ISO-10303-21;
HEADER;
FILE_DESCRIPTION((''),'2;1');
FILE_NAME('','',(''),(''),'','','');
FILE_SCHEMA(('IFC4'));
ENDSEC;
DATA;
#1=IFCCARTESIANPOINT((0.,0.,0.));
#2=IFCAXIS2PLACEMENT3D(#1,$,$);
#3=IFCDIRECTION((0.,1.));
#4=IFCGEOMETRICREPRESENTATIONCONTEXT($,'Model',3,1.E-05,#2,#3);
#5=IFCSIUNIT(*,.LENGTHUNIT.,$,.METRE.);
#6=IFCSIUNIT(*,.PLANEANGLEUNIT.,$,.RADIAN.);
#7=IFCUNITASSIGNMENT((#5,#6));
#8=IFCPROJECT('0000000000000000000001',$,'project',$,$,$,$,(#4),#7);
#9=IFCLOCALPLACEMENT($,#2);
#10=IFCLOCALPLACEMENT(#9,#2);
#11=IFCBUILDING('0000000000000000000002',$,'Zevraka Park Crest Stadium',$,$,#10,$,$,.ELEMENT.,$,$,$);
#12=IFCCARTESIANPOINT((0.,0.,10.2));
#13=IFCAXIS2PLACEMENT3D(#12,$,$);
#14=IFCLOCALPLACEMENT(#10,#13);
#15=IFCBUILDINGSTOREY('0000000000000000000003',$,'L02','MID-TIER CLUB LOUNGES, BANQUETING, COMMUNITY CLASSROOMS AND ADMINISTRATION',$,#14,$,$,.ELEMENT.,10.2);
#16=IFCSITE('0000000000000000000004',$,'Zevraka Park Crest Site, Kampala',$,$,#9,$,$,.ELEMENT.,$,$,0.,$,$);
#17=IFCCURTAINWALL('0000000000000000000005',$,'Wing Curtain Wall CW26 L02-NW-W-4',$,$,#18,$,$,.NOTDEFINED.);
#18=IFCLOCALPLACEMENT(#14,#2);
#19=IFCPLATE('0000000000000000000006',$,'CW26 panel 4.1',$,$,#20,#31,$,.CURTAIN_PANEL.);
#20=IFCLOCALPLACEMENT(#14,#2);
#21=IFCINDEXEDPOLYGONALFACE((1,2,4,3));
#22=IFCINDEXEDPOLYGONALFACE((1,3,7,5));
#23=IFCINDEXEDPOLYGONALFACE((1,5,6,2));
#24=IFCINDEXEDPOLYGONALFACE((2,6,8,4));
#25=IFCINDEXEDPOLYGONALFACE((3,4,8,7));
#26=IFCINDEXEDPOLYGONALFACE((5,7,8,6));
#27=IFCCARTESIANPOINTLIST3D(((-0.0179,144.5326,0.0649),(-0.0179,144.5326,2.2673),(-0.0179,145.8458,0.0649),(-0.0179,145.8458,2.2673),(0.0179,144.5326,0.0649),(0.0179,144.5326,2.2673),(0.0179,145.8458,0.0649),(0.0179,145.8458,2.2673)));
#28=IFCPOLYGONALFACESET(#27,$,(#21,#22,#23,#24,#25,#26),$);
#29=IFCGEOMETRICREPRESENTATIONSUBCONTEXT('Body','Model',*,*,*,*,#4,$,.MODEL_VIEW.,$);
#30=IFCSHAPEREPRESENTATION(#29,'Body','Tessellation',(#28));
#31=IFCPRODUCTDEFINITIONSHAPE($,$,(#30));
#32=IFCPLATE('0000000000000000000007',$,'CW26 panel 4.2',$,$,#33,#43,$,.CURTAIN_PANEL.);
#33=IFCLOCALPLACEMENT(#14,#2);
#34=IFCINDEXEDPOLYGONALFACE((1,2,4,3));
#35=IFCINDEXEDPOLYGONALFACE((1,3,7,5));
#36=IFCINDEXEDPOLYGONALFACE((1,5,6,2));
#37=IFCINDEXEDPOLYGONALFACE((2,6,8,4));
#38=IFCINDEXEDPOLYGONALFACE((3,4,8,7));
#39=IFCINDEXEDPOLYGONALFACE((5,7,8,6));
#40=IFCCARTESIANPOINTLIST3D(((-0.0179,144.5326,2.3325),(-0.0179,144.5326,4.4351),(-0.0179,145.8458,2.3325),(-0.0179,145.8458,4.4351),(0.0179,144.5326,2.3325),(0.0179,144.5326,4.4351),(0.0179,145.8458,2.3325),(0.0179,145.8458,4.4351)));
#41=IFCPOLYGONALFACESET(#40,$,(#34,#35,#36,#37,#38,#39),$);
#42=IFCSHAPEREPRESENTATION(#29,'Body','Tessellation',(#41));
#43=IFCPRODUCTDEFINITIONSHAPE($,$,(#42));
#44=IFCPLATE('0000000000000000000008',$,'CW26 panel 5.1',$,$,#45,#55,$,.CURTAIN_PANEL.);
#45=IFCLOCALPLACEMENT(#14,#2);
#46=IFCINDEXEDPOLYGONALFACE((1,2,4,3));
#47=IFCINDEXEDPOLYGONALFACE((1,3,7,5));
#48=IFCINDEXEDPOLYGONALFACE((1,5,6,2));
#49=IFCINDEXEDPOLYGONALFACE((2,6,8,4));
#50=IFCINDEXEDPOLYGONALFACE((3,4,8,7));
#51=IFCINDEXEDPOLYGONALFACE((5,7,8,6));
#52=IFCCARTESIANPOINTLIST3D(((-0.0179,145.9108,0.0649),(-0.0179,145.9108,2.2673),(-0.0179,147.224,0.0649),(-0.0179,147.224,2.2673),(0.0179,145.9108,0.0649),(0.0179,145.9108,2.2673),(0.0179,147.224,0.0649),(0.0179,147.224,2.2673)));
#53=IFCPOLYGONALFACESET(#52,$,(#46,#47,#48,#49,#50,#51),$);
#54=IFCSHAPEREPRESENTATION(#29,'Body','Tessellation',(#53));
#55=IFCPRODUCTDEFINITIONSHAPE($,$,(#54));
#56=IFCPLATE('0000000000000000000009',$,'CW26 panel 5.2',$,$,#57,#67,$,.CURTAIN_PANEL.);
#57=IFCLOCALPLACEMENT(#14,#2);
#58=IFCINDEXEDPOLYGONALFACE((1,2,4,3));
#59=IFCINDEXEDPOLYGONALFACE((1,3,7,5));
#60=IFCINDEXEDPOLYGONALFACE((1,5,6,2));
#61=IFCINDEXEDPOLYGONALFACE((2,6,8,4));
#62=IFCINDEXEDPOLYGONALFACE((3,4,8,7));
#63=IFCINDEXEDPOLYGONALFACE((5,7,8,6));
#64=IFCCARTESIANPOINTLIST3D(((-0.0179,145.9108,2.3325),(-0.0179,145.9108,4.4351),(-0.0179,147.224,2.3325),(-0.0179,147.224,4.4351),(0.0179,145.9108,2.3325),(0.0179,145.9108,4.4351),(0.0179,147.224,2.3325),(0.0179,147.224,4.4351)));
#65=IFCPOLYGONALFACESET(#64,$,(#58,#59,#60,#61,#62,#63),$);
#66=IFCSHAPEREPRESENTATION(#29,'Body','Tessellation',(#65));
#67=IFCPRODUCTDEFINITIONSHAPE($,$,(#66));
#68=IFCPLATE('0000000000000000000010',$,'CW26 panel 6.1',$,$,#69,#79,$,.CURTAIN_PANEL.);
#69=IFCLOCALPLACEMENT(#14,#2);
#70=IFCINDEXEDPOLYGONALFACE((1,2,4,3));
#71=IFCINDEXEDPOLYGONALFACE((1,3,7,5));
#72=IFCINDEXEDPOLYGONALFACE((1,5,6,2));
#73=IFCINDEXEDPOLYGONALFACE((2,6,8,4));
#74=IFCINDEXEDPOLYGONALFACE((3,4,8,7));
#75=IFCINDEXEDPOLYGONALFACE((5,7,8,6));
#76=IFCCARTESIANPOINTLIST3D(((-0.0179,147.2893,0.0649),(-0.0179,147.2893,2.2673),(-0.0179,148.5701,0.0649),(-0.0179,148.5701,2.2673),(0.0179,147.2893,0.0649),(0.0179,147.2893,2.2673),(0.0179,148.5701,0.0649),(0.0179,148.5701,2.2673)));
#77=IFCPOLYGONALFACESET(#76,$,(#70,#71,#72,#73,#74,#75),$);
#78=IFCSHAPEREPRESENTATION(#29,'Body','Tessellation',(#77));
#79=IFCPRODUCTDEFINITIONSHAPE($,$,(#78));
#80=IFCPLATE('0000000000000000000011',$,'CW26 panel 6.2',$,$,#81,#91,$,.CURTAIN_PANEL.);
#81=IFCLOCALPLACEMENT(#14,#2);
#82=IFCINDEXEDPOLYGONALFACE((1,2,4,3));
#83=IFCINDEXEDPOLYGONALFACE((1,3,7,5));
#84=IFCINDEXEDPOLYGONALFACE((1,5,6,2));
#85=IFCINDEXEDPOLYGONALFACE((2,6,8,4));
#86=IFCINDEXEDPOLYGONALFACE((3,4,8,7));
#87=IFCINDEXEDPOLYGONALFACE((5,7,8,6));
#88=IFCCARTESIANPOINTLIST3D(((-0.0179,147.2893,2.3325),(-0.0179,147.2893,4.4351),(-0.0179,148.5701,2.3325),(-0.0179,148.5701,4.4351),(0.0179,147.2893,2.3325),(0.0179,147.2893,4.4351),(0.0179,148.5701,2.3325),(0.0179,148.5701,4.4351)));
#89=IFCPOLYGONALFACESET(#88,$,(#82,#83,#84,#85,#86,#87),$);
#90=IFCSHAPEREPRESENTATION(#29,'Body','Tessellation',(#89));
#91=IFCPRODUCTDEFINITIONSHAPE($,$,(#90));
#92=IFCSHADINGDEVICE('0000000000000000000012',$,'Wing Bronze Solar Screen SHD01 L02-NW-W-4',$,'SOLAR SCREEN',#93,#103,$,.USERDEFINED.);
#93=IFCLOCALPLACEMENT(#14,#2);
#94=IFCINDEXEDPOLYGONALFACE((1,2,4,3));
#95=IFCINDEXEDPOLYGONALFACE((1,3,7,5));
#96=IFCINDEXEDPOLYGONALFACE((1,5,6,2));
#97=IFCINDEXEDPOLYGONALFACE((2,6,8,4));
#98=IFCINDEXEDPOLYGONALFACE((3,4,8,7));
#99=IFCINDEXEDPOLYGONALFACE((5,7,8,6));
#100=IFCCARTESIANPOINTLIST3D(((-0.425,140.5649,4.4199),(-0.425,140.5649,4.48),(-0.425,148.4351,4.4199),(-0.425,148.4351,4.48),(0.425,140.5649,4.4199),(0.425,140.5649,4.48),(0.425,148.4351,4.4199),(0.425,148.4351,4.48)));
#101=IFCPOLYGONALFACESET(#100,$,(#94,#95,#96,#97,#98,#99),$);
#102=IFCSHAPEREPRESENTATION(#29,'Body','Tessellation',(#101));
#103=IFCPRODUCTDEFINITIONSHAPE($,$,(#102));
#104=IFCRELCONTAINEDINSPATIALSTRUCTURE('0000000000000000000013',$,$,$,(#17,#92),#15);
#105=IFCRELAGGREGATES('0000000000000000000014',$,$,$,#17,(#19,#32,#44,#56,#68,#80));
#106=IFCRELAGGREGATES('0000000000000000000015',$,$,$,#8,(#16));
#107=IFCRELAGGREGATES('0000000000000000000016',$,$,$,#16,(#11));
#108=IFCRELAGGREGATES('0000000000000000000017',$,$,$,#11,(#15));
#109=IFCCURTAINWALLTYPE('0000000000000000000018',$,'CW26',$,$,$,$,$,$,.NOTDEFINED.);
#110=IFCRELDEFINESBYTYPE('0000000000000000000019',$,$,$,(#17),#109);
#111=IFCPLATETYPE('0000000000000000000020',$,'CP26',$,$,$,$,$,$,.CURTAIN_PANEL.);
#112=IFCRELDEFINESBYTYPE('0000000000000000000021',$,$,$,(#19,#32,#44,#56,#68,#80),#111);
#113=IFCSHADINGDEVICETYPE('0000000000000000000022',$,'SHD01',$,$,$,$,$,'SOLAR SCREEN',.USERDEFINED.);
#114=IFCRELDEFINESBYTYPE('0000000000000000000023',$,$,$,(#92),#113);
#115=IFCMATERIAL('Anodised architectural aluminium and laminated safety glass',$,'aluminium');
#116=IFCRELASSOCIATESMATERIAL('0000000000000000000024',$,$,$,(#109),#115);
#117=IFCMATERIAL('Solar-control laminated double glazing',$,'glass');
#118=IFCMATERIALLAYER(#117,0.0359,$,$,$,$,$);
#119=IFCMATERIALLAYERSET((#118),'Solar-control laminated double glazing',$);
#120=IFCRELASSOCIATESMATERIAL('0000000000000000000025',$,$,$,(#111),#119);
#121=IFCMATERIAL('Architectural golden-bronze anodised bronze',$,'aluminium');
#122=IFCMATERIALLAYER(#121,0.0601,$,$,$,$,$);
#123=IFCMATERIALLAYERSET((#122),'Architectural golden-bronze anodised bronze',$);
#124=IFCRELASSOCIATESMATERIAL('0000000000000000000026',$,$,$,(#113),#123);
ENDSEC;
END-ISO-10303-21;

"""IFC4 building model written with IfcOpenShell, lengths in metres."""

from ifc_helpers import new_model, si_unit, direction, frame, origin, origin_2d, place, context, subcontext, project, spatial, rectangle, extrude, material, layer, layer_set, type_object, element, aggregate, save


model = new_model("IFC4")

# Units and contexts
model_context = context("Model", 3, precision=1e-05, world=origin(), true_north=direction((0.0, 1.0)))
body_context = subcontext(model_context, "Body", "Model", "MODEL_VIEW")
ifc_project = project(units=[si_unit("LENGTHUNIT", "METRE"), si_unit("PLANEANGLEUNIT", "RADIAN")], contexts=[model_context])

# Site, building, storey
site_placement = place(None, origin())
site = spatial("IfcSite", under=ifc_project, at=site_placement, Name="Zevraka Park Crest Site, Kampala", CompositionType="ELEMENT", RefElevation=0.0)
building_placement = place(site_placement, origin())
building = spatial("IfcBuilding", under=site, at=building_placement, Name="Zevraka Park Crest Stadium", CompositionType="ELEMENT")
storey_placement = place(building_placement, frame((0.0, 0.0, 10.2)))
storey = spatial("IfcBuildingStorey", under=building, at=storey_placement, Name="L02", Description="MID-TIER CLUB LOUNGES, BANQUETING, COMMUNITY CLASSROOMS AND ADMINISTRATION", CompositionType="ELEMENT", Elevation=10.2)

# Curtain wall, plates
ifc_material_1 = material(Name="Anodised architectural aluminium and laminated safety glass", Category="aluminium")
curtain_wall_type = type_object("IfcCurtainWallType", Name="CW26", PredefinedType="NOTDEFINED", material=ifc_material_1)
curtain_wall_placement = place(storey_placement, origin())
curtain_wall = element("IfcCurtainWall", 1, at=curtain_wall_placement, inside=storey, type_object=curtain_wall_type, Name="Wing Curtain Wall CW26 L02-NW-W-4", PredefinedType="NOTDEFINED")
ifc_material_2 = material(Name="Solar-control laminated double glazing", Category="glass")
ifc_layer_1 = layer(ifc_material_2, 0.0359)
ifc_layer_set_1 = layer_set([ifc_layer_1], Name="Solar-control laminated double glazing")
plate_type = type_object("IfcPlateType", Name="CP26", PredefinedType="CURTAIN_PANEL", material=ifc_layer_set_1)
plate_1_placement = place(storey_placement, frame((0.0, 145.1892, 0.0649), z_axis=(0.0, 0.0, 1.0), x_axis=(0.0, 1.0, 0.0)))
plate_1 = element("IfcPlate", 2, at=plate_1_placement, type_object=plate_type, Name="CW26 panel 4.1", PredefinedType="CURTAIN_PANEL", context=body_context, shape_type="SweptSolid", body=[
    extrude(rectangle(XDim=1.3132, YDim=0.0359, at=origin_2d()), origin(), (0.0, 0.0, 1.0), 2.2024),
])
plate_2_placement = place(storey_placement, frame((0.0, 145.1892, 2.3325), z_axis=(0.0, 0.0, 1.0), x_axis=(0.0, 1.0, 0.0)))
plate_2 = element("IfcPlate", 3, at=plate_2_placement, type_object=plate_type, Name="CW26 panel 4.2", PredefinedType="CURTAIN_PANEL", context=body_context, shape_type="SweptSolid", body=[
    extrude(rectangle(XDim=1.3132, YDim=0.0359, at=origin_2d()), origin(), (0.0, 0.0, 1.0), 2.1025),
])
plate_3_placement = place(storey_placement, frame((0.0, 146.5674, 0.0649), z_axis=(0.0, 0.0, 1.0), x_axis=(0.0, 1.0, 0.0)))
plate_3 = element("IfcPlate", 4, at=plate_3_placement, type_object=plate_type, Name="CW26 panel 5.1", PredefinedType="CURTAIN_PANEL", context=body_context, shape_type="SweptSolid", body=[
    extrude(rectangle(XDim=1.3132, YDim=0.0359, at=origin_2d()), origin(), (0.0, 0.0, 1.0), 2.2024),
])
plate_4_placement = place(storey_placement, frame((0.0, 146.5674, 2.3325), z_axis=(0.0, 0.0, 1.0), x_axis=(0.0, 1.0, 0.0)))
plate_4 = element("IfcPlate", 5, at=plate_4_placement, type_object=plate_type, Name="CW26 panel 5.2", PredefinedType="CURTAIN_PANEL", context=body_context, shape_type="SweptSolid", body=[
    extrude(rectangle(XDim=1.3132, YDim=0.0359, at=origin_2d()), origin(), (0.0, 0.0, 1.0), 2.1025),
])
plate_5_placement = place(storey_placement, frame((0.0, 147.9297, 0.0649), z_axis=(0.0, 0.0, 1.0), x_axis=(0.0, 1.0, 0.0)))
plate_5 = element("IfcPlate", 6, at=plate_5_placement, type_object=plate_type, Name="CW26 panel 6.1", PredefinedType="CURTAIN_PANEL", context=body_context, shape_type="SweptSolid", body=[
    extrude(rectangle(XDim=1.2808, YDim=0.0359, at=origin_2d()), origin(), (0.0, 0.0, 1.0), 2.2024),
])
plate_6_placement = place(storey_placement, frame((0.0, 147.9297, 2.3325), z_axis=(0.0, 0.0, 1.0), x_axis=(0.0, 1.0, 0.0)))
plate_6 = element("IfcPlate", 7, at=plate_6_placement, type_object=plate_type, Name="CW26 panel 6.2", PredefinedType="CURTAIN_PANEL", context=body_context, shape_type="SweptSolid", body=[
    extrude(rectangle(XDim=1.2808, YDim=0.0359, at=origin_2d()), origin(), (0.0, 0.0, 1.0), 2.1025),
])
aggregate(curtain_wall, [plate_1, plate_2, plate_3, plate_4, plate_5, plate_6])

# Shading device
ifc_material_3 = material(Name="Architectural golden-bronze anodised bronze", Category="aluminium")
ifc_layer_2 = layer(ifc_material_3, 0.0601)
ifc_layer_set_2 = layer_set([ifc_layer_2], Name="Architectural golden-bronze anodised bronze")
shading_device_type = type_object("IfcShadingDeviceType", Name="SHD01", ElementType="SOLAR SCREEN", PredefinedType="USERDEFINED", material=ifc_layer_set_2)
shading_device_placement = place(storey_placement, frame((0.0, 144.5, 4.4199), z_axis=(0.0, 0.0, 1.0), x_axis=(0.0, 1.0, 0.0)))
element("IfcShadingDevice", 8, at=shading_device_placement, inside=storey, type_object=shading_device_type, Name="Wing Bronze Solar Screen SHD01 L02-NW-W-4", ObjectType="SOLAR SCREEN", PredefinedType="USERDEFINED", context=body_context, shape_type="SweptSolid", body=[
    extrude(rectangle(XDim=7.8701, YDim=0.8501, at=origin_2d()), origin(), (0.0, 0.0, 1.0), 0.0601),
])

save(model, "model.ifc")
